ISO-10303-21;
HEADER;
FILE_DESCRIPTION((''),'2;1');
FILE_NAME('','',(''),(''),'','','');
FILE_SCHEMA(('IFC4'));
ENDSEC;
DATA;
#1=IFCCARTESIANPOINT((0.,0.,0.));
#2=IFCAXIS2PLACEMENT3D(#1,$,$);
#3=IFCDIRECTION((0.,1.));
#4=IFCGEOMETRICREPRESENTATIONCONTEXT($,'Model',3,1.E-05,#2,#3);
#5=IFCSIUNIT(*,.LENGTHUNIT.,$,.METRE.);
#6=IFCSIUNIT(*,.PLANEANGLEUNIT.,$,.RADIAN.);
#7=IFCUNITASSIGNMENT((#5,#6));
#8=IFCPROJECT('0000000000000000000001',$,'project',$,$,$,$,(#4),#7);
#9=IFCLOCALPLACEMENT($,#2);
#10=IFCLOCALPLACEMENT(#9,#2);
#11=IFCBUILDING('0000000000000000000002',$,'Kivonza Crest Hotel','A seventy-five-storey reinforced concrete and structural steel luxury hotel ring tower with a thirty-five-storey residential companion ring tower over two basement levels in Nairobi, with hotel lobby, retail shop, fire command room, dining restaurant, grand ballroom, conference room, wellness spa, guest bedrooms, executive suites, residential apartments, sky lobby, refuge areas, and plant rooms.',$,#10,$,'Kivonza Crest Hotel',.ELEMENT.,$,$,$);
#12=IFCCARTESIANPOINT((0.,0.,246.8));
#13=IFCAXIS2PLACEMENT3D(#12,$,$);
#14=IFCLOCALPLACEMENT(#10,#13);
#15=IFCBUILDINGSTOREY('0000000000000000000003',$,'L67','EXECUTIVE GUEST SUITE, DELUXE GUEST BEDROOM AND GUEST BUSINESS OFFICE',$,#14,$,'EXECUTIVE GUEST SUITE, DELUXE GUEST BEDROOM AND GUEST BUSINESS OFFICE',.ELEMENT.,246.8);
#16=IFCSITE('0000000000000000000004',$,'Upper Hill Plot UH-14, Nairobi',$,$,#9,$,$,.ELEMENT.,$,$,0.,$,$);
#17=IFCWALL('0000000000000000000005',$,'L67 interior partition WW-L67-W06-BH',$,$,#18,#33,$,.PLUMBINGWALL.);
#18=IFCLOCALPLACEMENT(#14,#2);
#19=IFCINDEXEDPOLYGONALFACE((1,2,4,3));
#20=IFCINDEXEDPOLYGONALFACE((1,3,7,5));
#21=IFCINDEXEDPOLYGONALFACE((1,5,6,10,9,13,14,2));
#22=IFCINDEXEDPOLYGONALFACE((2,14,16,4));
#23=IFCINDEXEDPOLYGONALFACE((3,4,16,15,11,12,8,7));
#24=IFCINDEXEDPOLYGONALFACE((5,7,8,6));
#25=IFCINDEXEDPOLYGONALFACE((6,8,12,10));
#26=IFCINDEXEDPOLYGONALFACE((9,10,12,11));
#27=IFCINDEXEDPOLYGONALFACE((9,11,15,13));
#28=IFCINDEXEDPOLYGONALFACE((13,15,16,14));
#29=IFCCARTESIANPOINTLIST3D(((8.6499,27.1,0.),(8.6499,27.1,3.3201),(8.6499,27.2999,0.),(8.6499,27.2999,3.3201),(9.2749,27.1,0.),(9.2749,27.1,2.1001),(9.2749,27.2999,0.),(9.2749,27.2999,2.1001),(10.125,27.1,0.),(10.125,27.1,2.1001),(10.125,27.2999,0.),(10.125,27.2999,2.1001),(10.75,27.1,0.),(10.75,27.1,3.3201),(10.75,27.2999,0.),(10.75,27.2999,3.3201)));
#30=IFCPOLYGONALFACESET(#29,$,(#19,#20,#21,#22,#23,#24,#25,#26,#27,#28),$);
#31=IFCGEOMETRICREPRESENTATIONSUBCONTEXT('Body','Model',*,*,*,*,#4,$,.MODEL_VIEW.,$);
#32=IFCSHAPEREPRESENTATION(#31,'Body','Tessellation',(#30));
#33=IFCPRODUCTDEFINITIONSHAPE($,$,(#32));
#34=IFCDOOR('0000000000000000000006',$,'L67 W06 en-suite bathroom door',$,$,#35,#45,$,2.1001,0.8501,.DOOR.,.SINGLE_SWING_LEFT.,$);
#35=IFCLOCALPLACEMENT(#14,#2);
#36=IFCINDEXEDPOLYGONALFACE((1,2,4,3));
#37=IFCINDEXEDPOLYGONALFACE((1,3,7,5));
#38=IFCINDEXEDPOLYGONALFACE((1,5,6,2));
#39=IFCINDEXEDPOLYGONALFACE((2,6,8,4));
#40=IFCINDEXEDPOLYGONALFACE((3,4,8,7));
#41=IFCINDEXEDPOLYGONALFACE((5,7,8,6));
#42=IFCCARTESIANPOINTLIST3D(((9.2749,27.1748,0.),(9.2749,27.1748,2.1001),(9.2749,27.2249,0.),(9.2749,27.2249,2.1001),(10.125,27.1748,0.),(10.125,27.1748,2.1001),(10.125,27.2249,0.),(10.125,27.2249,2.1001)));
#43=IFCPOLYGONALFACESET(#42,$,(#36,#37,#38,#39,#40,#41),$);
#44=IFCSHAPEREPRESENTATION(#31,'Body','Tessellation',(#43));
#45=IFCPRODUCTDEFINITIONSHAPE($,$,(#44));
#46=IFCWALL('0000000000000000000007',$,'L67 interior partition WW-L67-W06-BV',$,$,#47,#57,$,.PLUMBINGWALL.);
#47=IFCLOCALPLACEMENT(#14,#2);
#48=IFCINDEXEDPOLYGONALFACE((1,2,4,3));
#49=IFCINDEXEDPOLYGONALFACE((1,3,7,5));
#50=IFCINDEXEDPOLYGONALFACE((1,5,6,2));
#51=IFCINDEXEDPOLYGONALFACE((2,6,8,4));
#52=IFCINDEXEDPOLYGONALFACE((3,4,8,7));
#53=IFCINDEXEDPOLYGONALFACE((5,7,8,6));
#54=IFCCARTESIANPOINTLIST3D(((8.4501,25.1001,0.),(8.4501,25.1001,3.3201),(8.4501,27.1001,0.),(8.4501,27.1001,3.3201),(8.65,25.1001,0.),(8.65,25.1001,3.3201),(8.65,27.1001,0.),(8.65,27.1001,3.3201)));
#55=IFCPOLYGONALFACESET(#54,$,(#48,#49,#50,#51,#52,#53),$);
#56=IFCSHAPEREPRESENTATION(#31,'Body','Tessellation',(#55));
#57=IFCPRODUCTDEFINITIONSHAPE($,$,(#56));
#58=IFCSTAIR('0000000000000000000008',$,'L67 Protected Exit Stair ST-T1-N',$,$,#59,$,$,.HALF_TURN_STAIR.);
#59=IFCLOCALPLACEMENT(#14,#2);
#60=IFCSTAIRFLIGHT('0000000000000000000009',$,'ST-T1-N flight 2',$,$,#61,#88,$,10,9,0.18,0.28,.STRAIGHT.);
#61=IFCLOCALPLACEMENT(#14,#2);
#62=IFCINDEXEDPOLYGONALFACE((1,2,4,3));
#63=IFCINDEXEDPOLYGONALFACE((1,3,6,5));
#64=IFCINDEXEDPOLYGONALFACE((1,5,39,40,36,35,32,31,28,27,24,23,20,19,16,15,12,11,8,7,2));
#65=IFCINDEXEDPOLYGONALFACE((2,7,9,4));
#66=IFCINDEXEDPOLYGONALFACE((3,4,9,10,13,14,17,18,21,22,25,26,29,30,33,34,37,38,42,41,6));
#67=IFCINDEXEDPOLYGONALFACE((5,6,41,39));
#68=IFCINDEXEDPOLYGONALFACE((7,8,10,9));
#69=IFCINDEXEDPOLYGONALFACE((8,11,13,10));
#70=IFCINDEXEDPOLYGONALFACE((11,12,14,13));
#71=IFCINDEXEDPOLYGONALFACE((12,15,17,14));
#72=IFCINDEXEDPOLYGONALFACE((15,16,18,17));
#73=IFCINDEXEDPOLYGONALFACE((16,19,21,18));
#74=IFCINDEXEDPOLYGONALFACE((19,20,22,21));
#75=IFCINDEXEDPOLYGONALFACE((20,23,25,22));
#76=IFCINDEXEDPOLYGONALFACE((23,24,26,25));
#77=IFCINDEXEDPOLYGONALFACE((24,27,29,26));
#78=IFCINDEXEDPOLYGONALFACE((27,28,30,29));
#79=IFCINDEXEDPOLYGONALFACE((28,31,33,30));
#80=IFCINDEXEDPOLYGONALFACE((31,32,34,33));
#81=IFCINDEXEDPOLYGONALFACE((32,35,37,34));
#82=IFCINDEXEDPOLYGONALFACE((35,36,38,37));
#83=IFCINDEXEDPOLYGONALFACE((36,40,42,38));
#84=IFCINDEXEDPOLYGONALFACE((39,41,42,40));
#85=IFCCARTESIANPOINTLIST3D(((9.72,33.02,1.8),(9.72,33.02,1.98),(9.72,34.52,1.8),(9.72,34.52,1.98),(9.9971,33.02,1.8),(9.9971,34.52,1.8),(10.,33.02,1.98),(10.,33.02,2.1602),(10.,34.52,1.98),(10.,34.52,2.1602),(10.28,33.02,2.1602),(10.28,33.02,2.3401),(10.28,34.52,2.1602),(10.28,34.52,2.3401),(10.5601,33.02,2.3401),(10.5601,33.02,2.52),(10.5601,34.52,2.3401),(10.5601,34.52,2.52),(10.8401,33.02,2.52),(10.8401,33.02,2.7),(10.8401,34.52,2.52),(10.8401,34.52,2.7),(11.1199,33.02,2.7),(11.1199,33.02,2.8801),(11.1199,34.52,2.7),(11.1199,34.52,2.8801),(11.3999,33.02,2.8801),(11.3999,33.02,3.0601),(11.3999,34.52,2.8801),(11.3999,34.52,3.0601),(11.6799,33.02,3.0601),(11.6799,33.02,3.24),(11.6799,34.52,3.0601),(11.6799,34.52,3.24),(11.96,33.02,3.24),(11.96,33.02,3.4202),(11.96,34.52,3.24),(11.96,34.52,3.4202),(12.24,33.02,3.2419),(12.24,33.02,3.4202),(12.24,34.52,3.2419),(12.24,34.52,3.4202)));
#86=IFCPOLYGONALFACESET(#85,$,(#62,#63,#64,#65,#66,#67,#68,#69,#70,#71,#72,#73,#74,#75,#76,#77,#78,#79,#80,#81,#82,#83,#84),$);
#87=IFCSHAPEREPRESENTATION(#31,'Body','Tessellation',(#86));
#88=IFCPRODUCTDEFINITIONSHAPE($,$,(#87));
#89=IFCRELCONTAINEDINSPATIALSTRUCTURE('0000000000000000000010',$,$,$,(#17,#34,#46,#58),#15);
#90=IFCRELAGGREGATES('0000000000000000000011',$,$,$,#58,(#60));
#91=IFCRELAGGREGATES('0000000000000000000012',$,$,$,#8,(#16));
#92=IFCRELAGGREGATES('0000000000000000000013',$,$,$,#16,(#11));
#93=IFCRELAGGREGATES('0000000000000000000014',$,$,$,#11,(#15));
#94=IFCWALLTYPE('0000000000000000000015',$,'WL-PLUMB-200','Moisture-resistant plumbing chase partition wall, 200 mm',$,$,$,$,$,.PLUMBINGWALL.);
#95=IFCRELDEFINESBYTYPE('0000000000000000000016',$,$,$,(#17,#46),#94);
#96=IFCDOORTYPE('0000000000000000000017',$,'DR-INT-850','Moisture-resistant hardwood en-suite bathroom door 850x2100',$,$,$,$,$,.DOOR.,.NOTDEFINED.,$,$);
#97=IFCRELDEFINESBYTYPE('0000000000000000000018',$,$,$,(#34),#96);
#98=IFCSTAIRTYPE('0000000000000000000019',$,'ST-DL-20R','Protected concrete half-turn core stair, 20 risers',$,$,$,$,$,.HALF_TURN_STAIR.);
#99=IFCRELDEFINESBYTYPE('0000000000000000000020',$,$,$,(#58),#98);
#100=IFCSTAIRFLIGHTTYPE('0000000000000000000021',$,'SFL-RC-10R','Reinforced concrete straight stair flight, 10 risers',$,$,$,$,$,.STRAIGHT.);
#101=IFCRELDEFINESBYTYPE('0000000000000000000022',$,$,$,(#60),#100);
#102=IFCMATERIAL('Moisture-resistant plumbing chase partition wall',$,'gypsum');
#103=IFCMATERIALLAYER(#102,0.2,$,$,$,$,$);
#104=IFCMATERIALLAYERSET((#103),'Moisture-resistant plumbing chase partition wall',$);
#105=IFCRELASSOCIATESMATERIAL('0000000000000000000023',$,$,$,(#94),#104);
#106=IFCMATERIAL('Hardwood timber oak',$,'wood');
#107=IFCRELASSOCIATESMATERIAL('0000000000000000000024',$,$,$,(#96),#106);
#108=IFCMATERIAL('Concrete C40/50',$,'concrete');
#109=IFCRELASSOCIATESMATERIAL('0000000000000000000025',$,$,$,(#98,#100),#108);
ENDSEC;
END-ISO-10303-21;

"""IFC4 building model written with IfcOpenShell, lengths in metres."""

from ifc_helpers import new_model, si_unit, direction, frame, frame_2d, origin, place, context, subcontext, project, spatial, polyline, rectangle, outline, extrude, material, layer, layer_set, type_object, element, fill, aggregate, save


model = new_model("IFC4")

# Units and contexts
model_context = context("Model", 3, precision=1e-05, world=origin(), true_north=direction((0.0, 1.0)))
body_context = subcontext(model_context, "Body", "Model", "MODEL_VIEW")
ifc_project = project(units=[si_unit("LENGTHUNIT", "METRE"), si_unit("PLANEANGLEUNIT", "RADIAN")], contexts=[model_context])

# Site, building, storey
site_placement = place(None, origin())
site = spatial("IfcSite", under=ifc_project, at=site_placement, Name="Upper Hill Plot UH-14, Nairobi", CompositionType="ELEMENT", RefElevation=0.0)
building_placement = place(site_placement, origin())
building = spatial("IfcBuilding", under=site, at=building_placement, Name="Kivonza Crest Hotel", Description="A seventy-five-storey reinforced concrete and structural steel luxury hotel ring tower with a thirty-five-storey residential companion ring tower over two basement levels in Nairobi, with hotel lobby, retail shop, fire command room, dining restaurant, grand ballroom, conference room, wellness spa, guest bedrooms, executive suites, residential apartments, sky lobby, refuge areas, and plant rooms.", LongName="Kivonza Crest Hotel", CompositionType="ELEMENT")
storey_placement = place(building_placement, frame((0.0, 0.0, 246.8)))
storey = spatial("IfcBuildingStorey", under=building, at=storey_placement, Name="L67", Description="EXECUTIVE GUEST SUITE, DELUXE GUEST BEDROOM AND GUEST BUSINESS OFFICE", LongName="EXECUTIVE GUEST SUITE, DELUXE GUEST BEDROOM AND GUEST BUSINESS OFFICE", CompositionType="ELEMENT", Elevation=246.8)

# Shared definitions
ifc_material_1 = material(Name="Hardwood timber oak", Category="wood")

# Wall, opening, door
ifc_material_2 = material(Name="Moisture-resistant plumbing chase partition wall", Category="gypsum")
ifc_layer_1 = layer(ifc_material_2, 0.2)
ifc_layer_set_1 = layer_set([ifc_layer_1], Name="Moisture-resistant plumbing chase partition wall")
wall_type_1 = type_object("IfcWallType", Name="WL-PLUMB-200", Description="Moisture-resistant plumbing chase partition wall, 200 mm", PredefinedType="PLUMBINGWALL", material=ifc_layer_set_1)
wall_1_placement = place(storey_placement, frame((8.6499, 27.2, 0.0), z_axis=(0.0, 0.0, 1.0), x_axis=(1.0, 0.0, 0.0)))
wall_1 = element("IfcWall", 1, at=wall_1_placement, inside=storey, type_object=wall_type_1, Name="L67 interior partition WW-L67-W06-BH", PredefinedType="PLUMBINGWALL", context=body_context, shape_type="SweptSolid", body=[
    extrude(rectangle(XDim=2.1001, YDim=0.2, at=frame_2d((1.05, 0.0))), origin(), (0.0, 0.0, 1.0), 3.3201),
])
opening_1_placement = place(wall_1_placement, frame((0.625, 0.0, 0.0)))
opening_1 = element("IfcOpeningElement", 2, at=opening_1_placement, cuts=wall_1, PredefinedType="OPENING", context=body_context, shape_type="SweptSolid", body=[
    extrude(rectangle(XDim=0.8501, YDim=2.1001, at=frame_2d((0.425, 1.05))), frame((0.0, 0.1099, 0.0), z_axis=(0.0, -1.0, 0.0), x_axis=(1.0, 0.0, 0.0)), (0.0, 0.0, 1.0), 0.22),
])
door_type_1 = type_object("IfcDoorType", Name="DR-INT-850", Description="Moisture-resistant hardwood en-suite bathroom door 850x2100", OperationType="NOTDEFINED", PredefinedType="DOOR", material=ifc_material_1)
door_1_placement = place(opening_1_placement, origin())
door_1 = element("IfcDoor", 3, at=door_1_placement, inside=storey, type_object=door_type_1, Name="L67 W06 en-suite bathroom door", OperationType="SINGLE_SWING_LEFT", OverallHeight=2.1001, OverallWidth=0.8501, PredefinedType="DOOR", context=body_context, shape_type="SweptSolid", body=[
    extrude(rectangle(XDim=0.8501, YDim=2.1001, at=frame_2d((0.425, 1.05))), frame((0.0, 0.0249, 0.0), z_axis=(0.0, -1.0, 0.0), x_axis=(1.0, 0.0, 0.0)), (0.0, 0.0, 1.0), 0.05),
])
fill(opening_1, door_1)

# Wall
wall_2_placement = place(storey_placement, frame((8.55, 25.1001, 0.0), z_axis=(0.0, 0.0, 1.0), x_axis=(0.0, 1.0, 0.0)))
element("IfcWall", 4, at=wall_2_placement, inside=storey, type_object=wall_type_1, Name="L67 interior partition WW-L67-W06-BV", PredefinedType="PLUMBINGWALL", context=body_context, shape_type="SweptSolid", body=[
    extrude(rectangle(XDim=2.0, YDim=0.2, at=frame_2d((1.0, 0.0))), origin(), (0.0, 0.0, 1.0), 3.3201),
])

# Stair, stair flight
ifc_material_3 = material(Name="Concrete C40/50", Category="concrete")
stair_type = type_object("IfcStairType", Name="ST-DL-20R", Description="Protected concrete half-turn core stair, 20 risers", PredefinedType="HALF_TURN_STAIR", material=ifc_material_3)
stair_placement = place(storey_placement, origin())
stair = element("IfcStair", 5, at=stair_placement, inside=storey, type_object=stair_type, Name="L67 Protected Exit Stair ST-T1-N", PredefinedType="HALF_TURN_STAIR")
stair_flight_type = type_object("IfcStairFlightType", Name="SFL-RC-10R", Description="Reinforced concrete straight stair flight, 10 risers", PredefinedType="STRAIGHT", material=ifc_material_3)
stair_flight_placement = place(storey_placement, frame((9.72, 33.77, 1.8), z_axis=(0.0, 0.0, 1.0), x_axis=(1.0, 0.0, 0.0)))
stair_flight = element("IfcStairFlight", 6, at=stair_flight_placement, type_object=stair_flight_type, Name="ST-T1-N flight 2", NumberOfRisers=10, NumberOfTreads=9, PredefinedType="STRAIGHT", RiserHeight=0.18, TreadLength=0.28, context=body_context, shape_type="SweptSolid", body=[
    extrude(outline(polyline([(0.0, 0.0), (0.0, 0.1799), (0.28, 0.1799), (0.28, 0.3601), (0.5601, 0.3601), (0.5601, 0.54), (0.8401, 0.54), (0.8401, 0.72), (1.1201, 0.72), (1.1201, 0.8999), (1.3999, 0.8999), (1.3999, 1.0801), (1.6799, 1.0801), (1.6799, 1.26), (1.96, 1.26), (1.96, 1.4399), (2.24, 1.4399), (2.24, 1.6201), (2.52, 1.6201), (2.52, 1.8), (2.52, 1.4419), (0.2771, 0.0), (0.0, 0.0)])), frame((0.0, 0.75, 0.0), z_axis=(0.0, -1.0, 0.0), x_axis=(1.0, 0.0, 0.0)), (0.0, 0.0, 1.0), 1.5),
])
aggregate(stair, [stair_flight])

save(model, "model.ifc")
